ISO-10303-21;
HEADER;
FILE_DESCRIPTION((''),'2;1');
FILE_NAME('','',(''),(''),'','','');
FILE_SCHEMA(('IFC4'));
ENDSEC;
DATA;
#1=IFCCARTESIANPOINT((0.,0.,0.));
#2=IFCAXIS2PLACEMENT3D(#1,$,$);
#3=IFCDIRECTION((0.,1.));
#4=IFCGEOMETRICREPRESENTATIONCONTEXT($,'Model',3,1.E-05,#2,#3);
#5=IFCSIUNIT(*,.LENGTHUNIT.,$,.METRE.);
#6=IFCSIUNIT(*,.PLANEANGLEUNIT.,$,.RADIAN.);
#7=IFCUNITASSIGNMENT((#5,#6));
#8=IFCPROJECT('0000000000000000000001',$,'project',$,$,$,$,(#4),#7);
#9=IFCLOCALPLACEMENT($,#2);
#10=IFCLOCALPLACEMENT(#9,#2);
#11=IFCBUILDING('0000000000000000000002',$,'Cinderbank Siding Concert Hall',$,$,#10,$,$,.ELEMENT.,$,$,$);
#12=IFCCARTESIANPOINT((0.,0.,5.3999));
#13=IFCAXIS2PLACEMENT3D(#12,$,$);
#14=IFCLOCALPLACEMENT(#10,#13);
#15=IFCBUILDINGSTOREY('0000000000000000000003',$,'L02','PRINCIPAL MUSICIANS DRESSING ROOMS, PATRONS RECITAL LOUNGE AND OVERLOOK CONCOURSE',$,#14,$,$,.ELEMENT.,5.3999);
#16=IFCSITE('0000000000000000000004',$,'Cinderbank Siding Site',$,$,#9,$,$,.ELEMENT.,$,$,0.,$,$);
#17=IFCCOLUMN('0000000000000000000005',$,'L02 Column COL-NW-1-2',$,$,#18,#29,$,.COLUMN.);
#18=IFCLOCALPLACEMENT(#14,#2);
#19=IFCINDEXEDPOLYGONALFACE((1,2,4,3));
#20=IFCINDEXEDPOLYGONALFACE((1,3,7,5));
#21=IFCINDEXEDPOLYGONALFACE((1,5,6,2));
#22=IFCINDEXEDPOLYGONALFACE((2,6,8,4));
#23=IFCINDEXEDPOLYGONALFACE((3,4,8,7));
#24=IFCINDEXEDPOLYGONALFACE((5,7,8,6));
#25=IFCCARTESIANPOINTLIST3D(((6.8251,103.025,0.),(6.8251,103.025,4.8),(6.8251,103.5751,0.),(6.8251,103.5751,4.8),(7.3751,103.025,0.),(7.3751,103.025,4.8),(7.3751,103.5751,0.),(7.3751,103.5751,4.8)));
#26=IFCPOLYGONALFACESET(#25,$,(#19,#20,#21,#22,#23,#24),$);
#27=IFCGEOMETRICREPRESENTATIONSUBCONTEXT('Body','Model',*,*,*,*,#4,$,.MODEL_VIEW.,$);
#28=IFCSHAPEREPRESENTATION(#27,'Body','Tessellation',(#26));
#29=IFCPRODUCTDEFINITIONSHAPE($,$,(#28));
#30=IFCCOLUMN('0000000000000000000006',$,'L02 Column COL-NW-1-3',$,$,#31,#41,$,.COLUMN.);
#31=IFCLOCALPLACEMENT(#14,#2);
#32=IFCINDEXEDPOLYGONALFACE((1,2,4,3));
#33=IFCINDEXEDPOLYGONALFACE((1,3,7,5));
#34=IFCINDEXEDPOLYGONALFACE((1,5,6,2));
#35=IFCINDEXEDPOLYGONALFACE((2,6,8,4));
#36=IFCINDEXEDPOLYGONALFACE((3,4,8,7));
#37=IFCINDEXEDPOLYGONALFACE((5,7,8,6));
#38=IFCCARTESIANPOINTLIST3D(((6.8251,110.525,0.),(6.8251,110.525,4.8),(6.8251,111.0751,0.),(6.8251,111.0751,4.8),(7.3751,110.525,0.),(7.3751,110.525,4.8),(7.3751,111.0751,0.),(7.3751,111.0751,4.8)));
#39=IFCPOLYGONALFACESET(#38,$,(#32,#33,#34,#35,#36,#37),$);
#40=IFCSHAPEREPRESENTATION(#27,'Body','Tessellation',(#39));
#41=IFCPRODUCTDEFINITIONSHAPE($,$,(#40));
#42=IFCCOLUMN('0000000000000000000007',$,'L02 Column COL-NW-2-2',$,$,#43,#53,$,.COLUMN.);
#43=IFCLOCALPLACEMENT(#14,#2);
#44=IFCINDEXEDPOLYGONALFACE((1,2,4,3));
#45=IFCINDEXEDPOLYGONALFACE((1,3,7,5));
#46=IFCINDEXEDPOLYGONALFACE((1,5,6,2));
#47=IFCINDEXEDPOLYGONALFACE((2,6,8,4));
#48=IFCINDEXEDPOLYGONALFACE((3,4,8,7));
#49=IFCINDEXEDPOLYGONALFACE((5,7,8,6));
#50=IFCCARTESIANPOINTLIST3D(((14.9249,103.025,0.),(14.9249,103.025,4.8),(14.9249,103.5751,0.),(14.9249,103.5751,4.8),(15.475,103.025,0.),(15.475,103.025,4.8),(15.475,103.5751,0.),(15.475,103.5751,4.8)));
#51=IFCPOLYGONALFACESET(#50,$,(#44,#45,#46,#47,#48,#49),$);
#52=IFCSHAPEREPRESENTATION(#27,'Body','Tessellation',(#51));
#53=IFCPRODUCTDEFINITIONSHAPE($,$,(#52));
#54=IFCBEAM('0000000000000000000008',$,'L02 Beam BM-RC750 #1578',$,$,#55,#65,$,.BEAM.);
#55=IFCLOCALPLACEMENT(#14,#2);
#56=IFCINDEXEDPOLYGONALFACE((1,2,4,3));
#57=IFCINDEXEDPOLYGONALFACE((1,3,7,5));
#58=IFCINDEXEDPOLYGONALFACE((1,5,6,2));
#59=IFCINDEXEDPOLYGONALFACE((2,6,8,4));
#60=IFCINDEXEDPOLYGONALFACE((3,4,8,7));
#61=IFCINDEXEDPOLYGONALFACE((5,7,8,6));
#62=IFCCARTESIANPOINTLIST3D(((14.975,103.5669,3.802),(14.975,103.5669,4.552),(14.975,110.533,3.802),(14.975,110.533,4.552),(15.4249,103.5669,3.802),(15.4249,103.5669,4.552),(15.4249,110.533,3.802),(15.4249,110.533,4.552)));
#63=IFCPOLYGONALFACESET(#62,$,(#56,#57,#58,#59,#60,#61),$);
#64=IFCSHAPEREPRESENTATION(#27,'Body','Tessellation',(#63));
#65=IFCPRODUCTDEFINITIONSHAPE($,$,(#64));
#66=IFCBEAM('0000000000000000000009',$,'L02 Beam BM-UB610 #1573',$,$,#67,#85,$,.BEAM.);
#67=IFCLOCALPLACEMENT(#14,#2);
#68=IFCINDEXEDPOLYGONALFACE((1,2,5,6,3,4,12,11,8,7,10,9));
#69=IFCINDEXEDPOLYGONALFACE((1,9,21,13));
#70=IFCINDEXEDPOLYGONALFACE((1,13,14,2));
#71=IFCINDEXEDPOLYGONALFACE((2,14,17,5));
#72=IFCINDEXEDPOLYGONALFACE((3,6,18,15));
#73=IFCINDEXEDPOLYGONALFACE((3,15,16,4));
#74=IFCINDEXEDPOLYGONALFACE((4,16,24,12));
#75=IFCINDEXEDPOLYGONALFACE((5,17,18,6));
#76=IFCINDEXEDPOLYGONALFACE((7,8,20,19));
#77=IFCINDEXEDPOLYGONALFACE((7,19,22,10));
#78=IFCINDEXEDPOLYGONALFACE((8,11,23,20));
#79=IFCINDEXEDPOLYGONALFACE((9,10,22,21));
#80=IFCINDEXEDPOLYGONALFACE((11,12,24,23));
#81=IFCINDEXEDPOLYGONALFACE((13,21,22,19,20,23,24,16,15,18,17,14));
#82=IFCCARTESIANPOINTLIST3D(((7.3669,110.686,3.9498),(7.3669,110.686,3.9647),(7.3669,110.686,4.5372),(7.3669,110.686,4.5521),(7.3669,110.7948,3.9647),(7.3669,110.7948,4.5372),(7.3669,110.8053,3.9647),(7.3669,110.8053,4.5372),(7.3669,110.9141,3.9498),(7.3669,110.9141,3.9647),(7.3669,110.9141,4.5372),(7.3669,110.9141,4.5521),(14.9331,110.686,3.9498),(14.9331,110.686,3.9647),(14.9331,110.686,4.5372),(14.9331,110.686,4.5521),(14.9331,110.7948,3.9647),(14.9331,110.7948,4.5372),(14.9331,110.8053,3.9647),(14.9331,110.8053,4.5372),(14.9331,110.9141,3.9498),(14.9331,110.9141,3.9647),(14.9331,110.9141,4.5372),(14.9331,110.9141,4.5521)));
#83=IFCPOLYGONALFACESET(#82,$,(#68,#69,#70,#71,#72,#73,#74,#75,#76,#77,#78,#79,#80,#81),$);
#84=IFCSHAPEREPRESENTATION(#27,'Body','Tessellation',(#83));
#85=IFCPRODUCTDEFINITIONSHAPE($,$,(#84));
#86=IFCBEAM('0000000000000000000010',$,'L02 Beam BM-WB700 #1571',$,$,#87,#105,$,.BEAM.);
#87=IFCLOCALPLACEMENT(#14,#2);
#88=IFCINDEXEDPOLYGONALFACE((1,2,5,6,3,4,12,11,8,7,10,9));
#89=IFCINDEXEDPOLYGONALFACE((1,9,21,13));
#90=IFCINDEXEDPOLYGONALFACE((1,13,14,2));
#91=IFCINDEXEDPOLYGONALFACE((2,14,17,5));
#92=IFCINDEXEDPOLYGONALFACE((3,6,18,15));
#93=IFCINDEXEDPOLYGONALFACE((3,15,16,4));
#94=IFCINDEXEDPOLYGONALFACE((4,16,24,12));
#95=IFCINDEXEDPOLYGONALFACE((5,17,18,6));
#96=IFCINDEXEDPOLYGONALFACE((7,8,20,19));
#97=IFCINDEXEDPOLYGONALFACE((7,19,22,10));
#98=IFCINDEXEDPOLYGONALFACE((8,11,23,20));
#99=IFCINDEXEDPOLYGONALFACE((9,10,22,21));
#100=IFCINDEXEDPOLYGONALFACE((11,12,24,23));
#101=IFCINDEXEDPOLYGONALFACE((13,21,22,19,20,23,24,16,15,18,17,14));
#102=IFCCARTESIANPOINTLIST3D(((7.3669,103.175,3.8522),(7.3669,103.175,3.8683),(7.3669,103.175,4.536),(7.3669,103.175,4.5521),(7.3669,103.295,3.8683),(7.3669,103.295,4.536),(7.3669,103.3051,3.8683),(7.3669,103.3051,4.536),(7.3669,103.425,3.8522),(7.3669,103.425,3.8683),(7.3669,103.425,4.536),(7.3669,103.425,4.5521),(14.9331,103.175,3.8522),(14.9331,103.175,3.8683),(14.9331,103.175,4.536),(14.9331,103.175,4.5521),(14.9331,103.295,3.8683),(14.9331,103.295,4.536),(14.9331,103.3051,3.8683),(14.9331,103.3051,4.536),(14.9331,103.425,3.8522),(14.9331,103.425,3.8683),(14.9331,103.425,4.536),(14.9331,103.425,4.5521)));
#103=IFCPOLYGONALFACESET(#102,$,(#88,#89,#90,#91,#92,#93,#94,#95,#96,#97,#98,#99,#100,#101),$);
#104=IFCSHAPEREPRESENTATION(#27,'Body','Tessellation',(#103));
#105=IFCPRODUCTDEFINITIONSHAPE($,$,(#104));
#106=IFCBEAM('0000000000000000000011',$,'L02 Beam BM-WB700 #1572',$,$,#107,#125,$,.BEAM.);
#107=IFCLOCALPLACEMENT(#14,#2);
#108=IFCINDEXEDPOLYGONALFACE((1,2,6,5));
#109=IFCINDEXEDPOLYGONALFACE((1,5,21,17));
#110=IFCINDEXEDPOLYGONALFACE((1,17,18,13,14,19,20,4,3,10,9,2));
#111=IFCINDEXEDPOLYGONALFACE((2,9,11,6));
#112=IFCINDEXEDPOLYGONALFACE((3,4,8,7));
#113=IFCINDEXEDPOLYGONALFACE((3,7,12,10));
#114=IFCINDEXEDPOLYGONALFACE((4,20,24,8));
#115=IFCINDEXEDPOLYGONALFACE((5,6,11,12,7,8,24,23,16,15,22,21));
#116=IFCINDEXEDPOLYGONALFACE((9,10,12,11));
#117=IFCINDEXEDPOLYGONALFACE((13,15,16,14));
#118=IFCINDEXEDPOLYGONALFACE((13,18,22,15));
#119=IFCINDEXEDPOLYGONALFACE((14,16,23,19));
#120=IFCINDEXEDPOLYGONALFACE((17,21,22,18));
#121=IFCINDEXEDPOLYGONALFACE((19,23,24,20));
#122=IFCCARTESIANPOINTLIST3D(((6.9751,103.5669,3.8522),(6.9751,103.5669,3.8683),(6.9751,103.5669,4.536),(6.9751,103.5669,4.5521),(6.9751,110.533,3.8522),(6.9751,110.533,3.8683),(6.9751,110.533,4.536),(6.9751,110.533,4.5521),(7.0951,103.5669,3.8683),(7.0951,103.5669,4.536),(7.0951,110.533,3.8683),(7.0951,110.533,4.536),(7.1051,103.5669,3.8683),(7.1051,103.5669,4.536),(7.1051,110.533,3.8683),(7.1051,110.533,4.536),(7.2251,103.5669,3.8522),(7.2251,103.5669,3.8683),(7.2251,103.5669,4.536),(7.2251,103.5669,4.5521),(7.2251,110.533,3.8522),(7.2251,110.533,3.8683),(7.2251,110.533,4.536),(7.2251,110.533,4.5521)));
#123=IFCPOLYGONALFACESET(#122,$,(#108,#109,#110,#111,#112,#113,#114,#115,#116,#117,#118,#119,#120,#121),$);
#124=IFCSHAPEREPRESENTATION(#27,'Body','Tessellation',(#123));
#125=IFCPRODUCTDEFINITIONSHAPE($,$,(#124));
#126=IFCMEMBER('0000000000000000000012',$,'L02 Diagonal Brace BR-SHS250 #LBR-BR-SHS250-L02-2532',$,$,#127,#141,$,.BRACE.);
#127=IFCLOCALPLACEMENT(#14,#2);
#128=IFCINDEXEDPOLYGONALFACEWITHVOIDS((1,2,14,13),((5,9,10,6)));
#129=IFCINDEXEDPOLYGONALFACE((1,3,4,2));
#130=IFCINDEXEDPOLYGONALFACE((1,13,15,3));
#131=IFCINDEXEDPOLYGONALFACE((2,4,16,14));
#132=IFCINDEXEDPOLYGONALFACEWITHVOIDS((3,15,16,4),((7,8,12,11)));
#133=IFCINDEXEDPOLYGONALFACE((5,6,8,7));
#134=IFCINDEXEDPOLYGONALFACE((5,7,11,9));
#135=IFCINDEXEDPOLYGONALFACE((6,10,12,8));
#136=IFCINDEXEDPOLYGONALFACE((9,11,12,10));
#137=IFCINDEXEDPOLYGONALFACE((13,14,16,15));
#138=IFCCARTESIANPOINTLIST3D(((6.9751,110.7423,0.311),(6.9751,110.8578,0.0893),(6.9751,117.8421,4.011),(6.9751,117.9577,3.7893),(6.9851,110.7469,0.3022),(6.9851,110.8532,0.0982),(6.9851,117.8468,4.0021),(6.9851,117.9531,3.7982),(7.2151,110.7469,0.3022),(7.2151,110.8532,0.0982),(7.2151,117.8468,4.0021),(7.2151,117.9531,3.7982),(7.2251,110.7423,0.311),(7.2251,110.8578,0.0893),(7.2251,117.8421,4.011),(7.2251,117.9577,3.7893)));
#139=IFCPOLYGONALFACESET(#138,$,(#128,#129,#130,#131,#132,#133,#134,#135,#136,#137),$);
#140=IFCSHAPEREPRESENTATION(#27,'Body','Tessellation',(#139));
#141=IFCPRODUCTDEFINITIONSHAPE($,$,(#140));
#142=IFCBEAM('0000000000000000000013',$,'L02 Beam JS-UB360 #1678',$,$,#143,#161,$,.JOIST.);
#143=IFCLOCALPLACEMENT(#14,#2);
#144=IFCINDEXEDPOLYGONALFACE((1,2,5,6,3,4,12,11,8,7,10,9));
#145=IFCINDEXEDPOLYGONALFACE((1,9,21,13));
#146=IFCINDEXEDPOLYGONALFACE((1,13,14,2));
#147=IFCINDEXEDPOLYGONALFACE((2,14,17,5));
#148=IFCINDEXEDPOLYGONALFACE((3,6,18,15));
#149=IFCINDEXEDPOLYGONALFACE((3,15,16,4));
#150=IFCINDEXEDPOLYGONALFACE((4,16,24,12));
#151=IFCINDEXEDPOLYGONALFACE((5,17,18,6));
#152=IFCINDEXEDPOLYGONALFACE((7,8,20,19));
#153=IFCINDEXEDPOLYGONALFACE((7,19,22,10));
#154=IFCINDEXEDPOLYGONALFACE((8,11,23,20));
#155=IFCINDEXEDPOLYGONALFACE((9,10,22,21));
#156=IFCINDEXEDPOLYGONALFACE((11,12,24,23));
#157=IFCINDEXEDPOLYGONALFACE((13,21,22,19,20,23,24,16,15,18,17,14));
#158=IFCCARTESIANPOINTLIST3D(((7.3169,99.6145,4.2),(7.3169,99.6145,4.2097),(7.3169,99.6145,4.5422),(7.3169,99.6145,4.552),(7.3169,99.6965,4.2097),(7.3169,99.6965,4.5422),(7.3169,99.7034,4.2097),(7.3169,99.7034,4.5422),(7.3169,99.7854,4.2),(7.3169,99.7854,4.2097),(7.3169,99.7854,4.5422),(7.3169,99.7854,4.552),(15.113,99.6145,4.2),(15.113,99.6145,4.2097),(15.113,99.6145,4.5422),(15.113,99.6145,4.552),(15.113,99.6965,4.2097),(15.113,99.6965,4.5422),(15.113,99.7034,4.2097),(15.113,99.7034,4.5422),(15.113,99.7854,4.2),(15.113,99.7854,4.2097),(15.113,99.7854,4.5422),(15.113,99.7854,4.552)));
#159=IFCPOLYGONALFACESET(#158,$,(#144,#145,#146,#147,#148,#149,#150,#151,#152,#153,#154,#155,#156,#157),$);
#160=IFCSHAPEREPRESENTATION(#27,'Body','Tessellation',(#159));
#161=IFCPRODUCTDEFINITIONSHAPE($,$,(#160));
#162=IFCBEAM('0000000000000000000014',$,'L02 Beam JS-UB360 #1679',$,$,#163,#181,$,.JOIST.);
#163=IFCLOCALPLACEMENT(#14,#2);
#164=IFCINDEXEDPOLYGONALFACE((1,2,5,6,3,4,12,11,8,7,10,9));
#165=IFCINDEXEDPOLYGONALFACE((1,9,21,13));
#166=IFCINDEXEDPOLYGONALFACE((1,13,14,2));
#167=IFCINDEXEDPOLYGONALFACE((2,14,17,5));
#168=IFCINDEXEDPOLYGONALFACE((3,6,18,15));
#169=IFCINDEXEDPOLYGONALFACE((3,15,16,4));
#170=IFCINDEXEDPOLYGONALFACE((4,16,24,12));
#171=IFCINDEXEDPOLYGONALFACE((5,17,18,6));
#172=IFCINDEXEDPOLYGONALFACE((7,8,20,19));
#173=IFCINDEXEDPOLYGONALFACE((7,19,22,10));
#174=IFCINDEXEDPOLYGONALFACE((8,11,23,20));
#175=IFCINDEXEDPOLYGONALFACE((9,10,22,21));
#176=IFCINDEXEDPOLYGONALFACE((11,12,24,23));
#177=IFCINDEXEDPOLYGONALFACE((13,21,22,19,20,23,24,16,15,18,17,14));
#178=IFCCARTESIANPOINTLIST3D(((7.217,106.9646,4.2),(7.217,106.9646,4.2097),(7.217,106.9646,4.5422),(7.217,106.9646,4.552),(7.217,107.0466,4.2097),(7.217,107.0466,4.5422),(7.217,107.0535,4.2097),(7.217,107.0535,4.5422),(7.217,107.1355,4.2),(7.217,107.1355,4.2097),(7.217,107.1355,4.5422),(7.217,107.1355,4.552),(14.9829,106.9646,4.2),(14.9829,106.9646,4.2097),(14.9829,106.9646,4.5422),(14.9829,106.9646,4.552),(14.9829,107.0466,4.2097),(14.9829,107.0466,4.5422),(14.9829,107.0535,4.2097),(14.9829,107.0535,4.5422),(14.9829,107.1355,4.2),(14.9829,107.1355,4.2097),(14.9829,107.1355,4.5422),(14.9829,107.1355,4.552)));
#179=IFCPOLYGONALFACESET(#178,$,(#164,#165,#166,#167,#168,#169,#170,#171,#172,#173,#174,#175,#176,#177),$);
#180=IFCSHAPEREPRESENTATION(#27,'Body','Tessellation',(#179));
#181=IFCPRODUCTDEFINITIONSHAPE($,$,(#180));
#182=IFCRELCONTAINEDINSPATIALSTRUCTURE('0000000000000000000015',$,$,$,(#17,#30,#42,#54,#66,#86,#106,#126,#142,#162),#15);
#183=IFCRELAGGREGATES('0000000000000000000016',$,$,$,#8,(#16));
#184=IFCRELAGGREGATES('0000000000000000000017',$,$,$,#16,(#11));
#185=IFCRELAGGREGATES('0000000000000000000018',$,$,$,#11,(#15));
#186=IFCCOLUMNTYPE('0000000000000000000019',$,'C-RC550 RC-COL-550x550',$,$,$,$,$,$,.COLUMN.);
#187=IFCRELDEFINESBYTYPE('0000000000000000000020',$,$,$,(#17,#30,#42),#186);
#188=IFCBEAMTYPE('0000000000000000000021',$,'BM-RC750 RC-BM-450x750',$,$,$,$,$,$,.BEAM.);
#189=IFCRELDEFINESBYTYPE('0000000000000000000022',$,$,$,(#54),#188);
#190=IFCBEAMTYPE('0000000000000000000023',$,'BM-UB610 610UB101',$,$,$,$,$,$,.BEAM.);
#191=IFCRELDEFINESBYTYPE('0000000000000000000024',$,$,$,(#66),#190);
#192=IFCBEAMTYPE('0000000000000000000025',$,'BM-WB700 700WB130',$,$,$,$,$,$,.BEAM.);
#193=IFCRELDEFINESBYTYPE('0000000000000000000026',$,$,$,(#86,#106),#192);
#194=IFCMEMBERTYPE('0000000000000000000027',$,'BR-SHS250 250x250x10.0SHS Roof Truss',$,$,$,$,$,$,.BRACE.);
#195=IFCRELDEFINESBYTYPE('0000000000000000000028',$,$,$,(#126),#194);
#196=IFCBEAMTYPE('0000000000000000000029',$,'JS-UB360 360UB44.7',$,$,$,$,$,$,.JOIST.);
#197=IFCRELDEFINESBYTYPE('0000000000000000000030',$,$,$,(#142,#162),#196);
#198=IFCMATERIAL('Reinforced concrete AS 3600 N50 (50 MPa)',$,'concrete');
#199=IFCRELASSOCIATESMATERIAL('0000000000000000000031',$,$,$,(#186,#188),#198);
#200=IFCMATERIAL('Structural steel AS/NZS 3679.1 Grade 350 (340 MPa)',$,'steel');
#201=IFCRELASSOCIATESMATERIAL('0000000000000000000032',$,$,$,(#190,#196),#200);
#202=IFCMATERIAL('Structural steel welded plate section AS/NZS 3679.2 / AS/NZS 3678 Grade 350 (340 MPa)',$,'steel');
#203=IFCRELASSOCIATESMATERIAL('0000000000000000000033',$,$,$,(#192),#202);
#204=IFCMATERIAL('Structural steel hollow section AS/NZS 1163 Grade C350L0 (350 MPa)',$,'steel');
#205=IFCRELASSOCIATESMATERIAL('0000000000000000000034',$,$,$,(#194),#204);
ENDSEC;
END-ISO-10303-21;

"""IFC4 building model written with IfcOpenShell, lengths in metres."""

from ifc_helpers import new_model, si_unit, direction, frame, origin, origin_2d, place, context, subcontext, project, spatial, rectangle, hollow_rectangle, i_section, extrude, material, material_profile, profile_set, type_object, element, save


model = new_model("IFC4")

# Units and contexts
model_context = context("Model", 3, precision=1e-05, world=origin(), true_north=direction((0.0, 1.0)))
body_context = subcontext(model_context, "Body", "Model", "MODEL_VIEW")
ifc_project = project(units=[si_unit("LENGTHUNIT", "METRE"), si_unit("PLANEANGLEUNIT", "RADIAN")], contexts=[model_context])

# Site, building, storey
site_placement = place(None, origin())
site = spatial("IfcSite", under=ifc_project, at=site_placement, Name="Cinderbank Siding Site", CompositionType="ELEMENT", RefElevation=0.0)
building_placement = place(site_placement, origin())
building = spatial("IfcBuilding", under=site, at=building_placement, Name="Cinderbank Siding Concert Hall", CompositionType="ELEMENT")
storey_placement = place(building_placement, frame((0.0, 0.0, 5.3999)))
storey = spatial("IfcBuildingStorey", under=building, at=storey_placement, Name="L02", Description="PRINCIPAL MUSICIANS DRESSING ROOMS, PATRONS RECITAL LOUNGE AND OVERLOOK CONCOURSE", CompositionType="ELEMENT", Elevation=5.3999)

# Columns
ifc_material_1 = material(Name="Reinforced concrete AS 3600 N50 (50 MPa)", Category="concrete")
ifc_material_profile_1 = material_profile(ifc_material_1, rectangle(XDim=0.55, YDim=0.55, at=origin_2d()), Name="RC-COL-550x550", Category="LoadBearing")
ifc_profile_set_1 = profile_set([ifc_material_profile_1], Name="Reinforced concrete AS 3600 N50 (50 MPa)")
column_type = type_object("IfcColumnType", Name="C-RC550 RC-COL-550x550", PredefinedType="COLUMN", material=ifc_profile_set_1)
for number, where, z_axis, x_axis, name in (
    (1, (7.1001, 103.3, 0.0), (0.0, 0.0, 1.0), (1.0, 0.0, 0.0), "L02 Column COL-NW-1-2"),
    (2, (7.1001, 110.8, 0.0), (0.0, 0.0, 1.0), (1.0, 0.0, 0.0), "L02 Column COL-NW-1-3"),
    (3, (15.2, 103.3, 0.0), (0.0, 0.0, 1.0), (1.0, 0.0, 0.0), "L02 Column COL-NW-2-2"),
):
    element("IfcColumn", number, at=place(storey_placement, frame(where, z_axis=z_axis, x_axis=x_axis)), inside=storey, type_object=column_type, Name=name, PredefinedType="COLUMN", context=body_context, shape_type="SweptSolid", body=[
        extrude(rectangle(XDim=0.55, YDim=0.55, at=origin_2d()), origin(), (0.0, 0.0, 1.0), 4.8),
    ])

# Beams
ifc_material_profile_2 = material_profile(ifc_material_1, rectangle(XDim=0.45, YDim=0.75, at=origin_2d()), Name="RC-BM-450x750", Category="LoadBearing")
ifc_profile_set_2 = profile_set([ifc_material_profile_2], Name="Reinforced concrete AS 3600 N50 (50 MPa)")
beam_type_1 = type_object("IfcBeamType", Name="BM-RC750 RC-BM-450x750", PredefinedType="BEAM", material=ifc_profile_set_2)
beam_1_placement = place(storey_placement, frame((15.2, 103.5669, 4.177), z_axis=(0.0, 1.0, 0.0), x_axis=(-1.0, 0.0, 0.0)))
element("IfcBeam", 4, at=beam_1_placement, inside=storey, type_object=beam_type_1, Name="L02 Beam BM-RC750 #1578", PredefinedType="BEAM", context=body_context, shape_type="SweptSolid", body=[
    extrude(rectangle(XDim=0.45, YDim=0.75, at=origin_2d()), origin(), (0.0, 0.0, 1.0), 6.9661),
])
ifc_material_2 = material(Name="Structural steel AS/NZS 3679.1 Grade 350 (340 MPa)", Category="steel")
ifc_material_profile_3 = material_profile(ifc_material_2, i_section(OverallWidth=0.228, OverallDepth=0.6023, WebThickness=0.0105, FlangeThickness=0.0149, at=origin_2d()), Name="610UB101", Category="LoadBearing")
ifc_profile_set_3 = profile_set([ifc_material_profile_3], Name="Structural steel AS/NZS 3679.1 Grade 350 (340 MPa)")
beam_type_2 = type_object("IfcBeamType", Name="BM-UB610 610UB101", PredefinedType="BEAM", material=ifc_profile_set_3)
beam_2_placement = place(storey_placement, frame((7.3669, 110.8, 4.251), z_axis=(1.0, 0.0, 0.0), x_axis=(0.0, 1.0, 0.0)))
element("IfcBeam", 5, at=beam_2_placement, inside=storey, type_object=beam_type_2, Name="L02 Beam BM-UB610 #1573", PredefinedType="BEAM", context=body_context, shape_type="SweptSolid", body=[
    extrude(i_section(OverallWidth=0.228, OverallDepth=0.6023, WebThickness=0.0105, FlangeThickness=0.0149, at=origin_2d()), origin(), (0.0, 0.0, 1.0), 7.5662),
])
ifc_material_3 = material(Name="Structural steel welded plate section AS/NZS 3679.2 / AS/NZS 3678 Grade 350 (340 MPa)", Category="steel")
ifc_material_profile_4 = material_profile(ifc_material_3, i_section(OverallWidth=0.25, OverallDepth=0.7, WebThickness=0.01, FlangeThickness=0.0161, at=origin_2d()), Name="700WB130", Category="LoadBearing")
ifc_profile_set_4 = profile_set([ifc_material_profile_4], Name="Structural steel welded plate section AS/NZS 3679.2 / AS/NZS 3678 Grade 350 (340 MPa)")
beam_type_3 = type_object("IfcBeamType", Name="BM-WB700 700WB130", PredefinedType="BEAM", material=ifc_profile_set_4)
beam_3_placement = place(storey_placement, frame((7.3669, 103.3, 4.2021), z_axis=(1.0, 0.0, 0.0), x_axis=(0.0, 1.0, 0.0)))
element("IfcBeam", 6, at=beam_3_placement, inside=storey, type_object=beam_type_3, Name="L02 Beam BM-WB700 #1571", PredefinedType="BEAM", context=body_context, shape_type="SweptSolid", body=[
    extrude(i_section(OverallWidth=0.25, OverallDepth=0.7, WebThickness=0.01, FlangeThickness=0.0161, at=origin_2d()), origin(), (0.0, 0.0, 1.0), 7.5662),
])
beam_4_placement = place(storey_placement, frame((7.1001, 103.5669, 4.2021), z_axis=(0.0, 1.0, 0.0), x_axis=(-1.0, 0.0, 0.0)))
element("IfcBeam", 7, at=beam_4_placement, inside=storey, type_object=beam_type_3, Name="L02 Beam BM-WB700 #1572", PredefinedType="BEAM", context=body_context, shape_type="SweptSolid", body=[
    extrude(i_section(OverallWidth=0.25, OverallDepth=0.7, WebThickness=0.01, FlangeThickness=0.0161, at=origin_2d()), origin(), (0.0, 0.0, 1.0), 6.9661),
])

# Member
ifc_material_4 = material(Name="Structural steel hollow section AS/NZS 1163 Grade C350L0 (350 MPa)", Category="steel")
ifc_material_profile_5 = material_profile(ifc_material_4, hollow_rectangle(XDim=0.25, YDim=0.25, WallThickness=0.01, at=origin_2d()), Name="250x250x10.0SHS", Category="LoadBearing")
ifc_profile_set_5 = profile_set([ifc_material_profile_5], Name="Structural steel hollow section AS/NZS 1163 Grade C350L0 (350 MPa)")
member_type = type_object("IfcMemberType", Name="BR-SHS250 250x250x10.0SHS Roof Truss", PredefinedType="BRACE", material=ifc_profile_set_5)
member_placement = place(storey_placement, frame((7.1001, 110.8, 0.2002), z_axis=(0.0, 0.886806, 0.462142), x_axis=(-1.0, 0.0, 0.0)))
element("IfcMember", 8, at=member_placement, inside=storey, type_object=member_type, Name="L02 Diagonal Brace BR-SHS250 #LBR-BR-SHS250-L02-2532", PredefinedType="BRACE", context=body_context, shape_type="SweptSolid", body=[
    extrude(hollow_rectangle(XDim=0.25, YDim=0.25, WallThickness=0.01, at=origin_2d()), origin(), (0.0, 0.0, 1.0), 8.0061),
])

# Beams
ifc_material_profile_6 = material_profile(ifc_material_2, i_section(OverallWidth=0.1709, OverallDepth=0.3521, WebThickness=0.0068, FlangeThickness=0.0098, at=origin_2d()), Name="360UB44.7", Category="LoadBearing")
ifc_profile_set_6 = profile_set([ifc_material_profile_6], Name="Structural steel AS/NZS 3679.1 Grade 350 (340 MPa)")
beam_type_4 = type_object("IfcBeamType", Name="JS-UB360 360UB44.7", PredefinedType="JOIST", material=ifc_profile_set_6)
beam_5_placement = place(storey_placement, frame((7.3169, 99.7, 4.376), z_axis=(1.0, 0.0, 0.0), x_axis=(0.0, 1.0, 0.0)))
element("IfcBeam", 9, at=beam_5_placement, inside=storey, type_object=beam_type_4, Name="L02 Beam JS-UB360 #1678", PredefinedType="JOIST", context=body_context, shape_type="SweptSolid", body=[
    extrude(i_section(OverallWidth=0.1709, OverallDepth=0.3521, WebThickness=0.0068, FlangeThickness=0.0098, at=origin_2d()), origin(), (0.0, 0.0, 1.0), 7.7961),
])
beam_6_placement = place(storey_placement, frame((7.217, 107.05, 4.376), z_axis=(1.0, 0.0, 0.0), x_axis=(0.0, 1.0, 0.0)))
element("IfcBeam", 10, at=beam_6_placement, inside=storey, type_object=beam_type_4, Name="L02 Beam JS-UB360 #1679", PredefinedType="JOIST", context=body_context, shape_type="SweptSolid", body=[
    extrude(i_section(OverallWidth=0.1709, OverallDepth=0.3521, WebThickness=0.0068, FlangeThickness=0.0098, at=origin_2d()), origin(), (0.0, 0.0, 1.0), 7.7659),
])

save(model, "model.ifc")
